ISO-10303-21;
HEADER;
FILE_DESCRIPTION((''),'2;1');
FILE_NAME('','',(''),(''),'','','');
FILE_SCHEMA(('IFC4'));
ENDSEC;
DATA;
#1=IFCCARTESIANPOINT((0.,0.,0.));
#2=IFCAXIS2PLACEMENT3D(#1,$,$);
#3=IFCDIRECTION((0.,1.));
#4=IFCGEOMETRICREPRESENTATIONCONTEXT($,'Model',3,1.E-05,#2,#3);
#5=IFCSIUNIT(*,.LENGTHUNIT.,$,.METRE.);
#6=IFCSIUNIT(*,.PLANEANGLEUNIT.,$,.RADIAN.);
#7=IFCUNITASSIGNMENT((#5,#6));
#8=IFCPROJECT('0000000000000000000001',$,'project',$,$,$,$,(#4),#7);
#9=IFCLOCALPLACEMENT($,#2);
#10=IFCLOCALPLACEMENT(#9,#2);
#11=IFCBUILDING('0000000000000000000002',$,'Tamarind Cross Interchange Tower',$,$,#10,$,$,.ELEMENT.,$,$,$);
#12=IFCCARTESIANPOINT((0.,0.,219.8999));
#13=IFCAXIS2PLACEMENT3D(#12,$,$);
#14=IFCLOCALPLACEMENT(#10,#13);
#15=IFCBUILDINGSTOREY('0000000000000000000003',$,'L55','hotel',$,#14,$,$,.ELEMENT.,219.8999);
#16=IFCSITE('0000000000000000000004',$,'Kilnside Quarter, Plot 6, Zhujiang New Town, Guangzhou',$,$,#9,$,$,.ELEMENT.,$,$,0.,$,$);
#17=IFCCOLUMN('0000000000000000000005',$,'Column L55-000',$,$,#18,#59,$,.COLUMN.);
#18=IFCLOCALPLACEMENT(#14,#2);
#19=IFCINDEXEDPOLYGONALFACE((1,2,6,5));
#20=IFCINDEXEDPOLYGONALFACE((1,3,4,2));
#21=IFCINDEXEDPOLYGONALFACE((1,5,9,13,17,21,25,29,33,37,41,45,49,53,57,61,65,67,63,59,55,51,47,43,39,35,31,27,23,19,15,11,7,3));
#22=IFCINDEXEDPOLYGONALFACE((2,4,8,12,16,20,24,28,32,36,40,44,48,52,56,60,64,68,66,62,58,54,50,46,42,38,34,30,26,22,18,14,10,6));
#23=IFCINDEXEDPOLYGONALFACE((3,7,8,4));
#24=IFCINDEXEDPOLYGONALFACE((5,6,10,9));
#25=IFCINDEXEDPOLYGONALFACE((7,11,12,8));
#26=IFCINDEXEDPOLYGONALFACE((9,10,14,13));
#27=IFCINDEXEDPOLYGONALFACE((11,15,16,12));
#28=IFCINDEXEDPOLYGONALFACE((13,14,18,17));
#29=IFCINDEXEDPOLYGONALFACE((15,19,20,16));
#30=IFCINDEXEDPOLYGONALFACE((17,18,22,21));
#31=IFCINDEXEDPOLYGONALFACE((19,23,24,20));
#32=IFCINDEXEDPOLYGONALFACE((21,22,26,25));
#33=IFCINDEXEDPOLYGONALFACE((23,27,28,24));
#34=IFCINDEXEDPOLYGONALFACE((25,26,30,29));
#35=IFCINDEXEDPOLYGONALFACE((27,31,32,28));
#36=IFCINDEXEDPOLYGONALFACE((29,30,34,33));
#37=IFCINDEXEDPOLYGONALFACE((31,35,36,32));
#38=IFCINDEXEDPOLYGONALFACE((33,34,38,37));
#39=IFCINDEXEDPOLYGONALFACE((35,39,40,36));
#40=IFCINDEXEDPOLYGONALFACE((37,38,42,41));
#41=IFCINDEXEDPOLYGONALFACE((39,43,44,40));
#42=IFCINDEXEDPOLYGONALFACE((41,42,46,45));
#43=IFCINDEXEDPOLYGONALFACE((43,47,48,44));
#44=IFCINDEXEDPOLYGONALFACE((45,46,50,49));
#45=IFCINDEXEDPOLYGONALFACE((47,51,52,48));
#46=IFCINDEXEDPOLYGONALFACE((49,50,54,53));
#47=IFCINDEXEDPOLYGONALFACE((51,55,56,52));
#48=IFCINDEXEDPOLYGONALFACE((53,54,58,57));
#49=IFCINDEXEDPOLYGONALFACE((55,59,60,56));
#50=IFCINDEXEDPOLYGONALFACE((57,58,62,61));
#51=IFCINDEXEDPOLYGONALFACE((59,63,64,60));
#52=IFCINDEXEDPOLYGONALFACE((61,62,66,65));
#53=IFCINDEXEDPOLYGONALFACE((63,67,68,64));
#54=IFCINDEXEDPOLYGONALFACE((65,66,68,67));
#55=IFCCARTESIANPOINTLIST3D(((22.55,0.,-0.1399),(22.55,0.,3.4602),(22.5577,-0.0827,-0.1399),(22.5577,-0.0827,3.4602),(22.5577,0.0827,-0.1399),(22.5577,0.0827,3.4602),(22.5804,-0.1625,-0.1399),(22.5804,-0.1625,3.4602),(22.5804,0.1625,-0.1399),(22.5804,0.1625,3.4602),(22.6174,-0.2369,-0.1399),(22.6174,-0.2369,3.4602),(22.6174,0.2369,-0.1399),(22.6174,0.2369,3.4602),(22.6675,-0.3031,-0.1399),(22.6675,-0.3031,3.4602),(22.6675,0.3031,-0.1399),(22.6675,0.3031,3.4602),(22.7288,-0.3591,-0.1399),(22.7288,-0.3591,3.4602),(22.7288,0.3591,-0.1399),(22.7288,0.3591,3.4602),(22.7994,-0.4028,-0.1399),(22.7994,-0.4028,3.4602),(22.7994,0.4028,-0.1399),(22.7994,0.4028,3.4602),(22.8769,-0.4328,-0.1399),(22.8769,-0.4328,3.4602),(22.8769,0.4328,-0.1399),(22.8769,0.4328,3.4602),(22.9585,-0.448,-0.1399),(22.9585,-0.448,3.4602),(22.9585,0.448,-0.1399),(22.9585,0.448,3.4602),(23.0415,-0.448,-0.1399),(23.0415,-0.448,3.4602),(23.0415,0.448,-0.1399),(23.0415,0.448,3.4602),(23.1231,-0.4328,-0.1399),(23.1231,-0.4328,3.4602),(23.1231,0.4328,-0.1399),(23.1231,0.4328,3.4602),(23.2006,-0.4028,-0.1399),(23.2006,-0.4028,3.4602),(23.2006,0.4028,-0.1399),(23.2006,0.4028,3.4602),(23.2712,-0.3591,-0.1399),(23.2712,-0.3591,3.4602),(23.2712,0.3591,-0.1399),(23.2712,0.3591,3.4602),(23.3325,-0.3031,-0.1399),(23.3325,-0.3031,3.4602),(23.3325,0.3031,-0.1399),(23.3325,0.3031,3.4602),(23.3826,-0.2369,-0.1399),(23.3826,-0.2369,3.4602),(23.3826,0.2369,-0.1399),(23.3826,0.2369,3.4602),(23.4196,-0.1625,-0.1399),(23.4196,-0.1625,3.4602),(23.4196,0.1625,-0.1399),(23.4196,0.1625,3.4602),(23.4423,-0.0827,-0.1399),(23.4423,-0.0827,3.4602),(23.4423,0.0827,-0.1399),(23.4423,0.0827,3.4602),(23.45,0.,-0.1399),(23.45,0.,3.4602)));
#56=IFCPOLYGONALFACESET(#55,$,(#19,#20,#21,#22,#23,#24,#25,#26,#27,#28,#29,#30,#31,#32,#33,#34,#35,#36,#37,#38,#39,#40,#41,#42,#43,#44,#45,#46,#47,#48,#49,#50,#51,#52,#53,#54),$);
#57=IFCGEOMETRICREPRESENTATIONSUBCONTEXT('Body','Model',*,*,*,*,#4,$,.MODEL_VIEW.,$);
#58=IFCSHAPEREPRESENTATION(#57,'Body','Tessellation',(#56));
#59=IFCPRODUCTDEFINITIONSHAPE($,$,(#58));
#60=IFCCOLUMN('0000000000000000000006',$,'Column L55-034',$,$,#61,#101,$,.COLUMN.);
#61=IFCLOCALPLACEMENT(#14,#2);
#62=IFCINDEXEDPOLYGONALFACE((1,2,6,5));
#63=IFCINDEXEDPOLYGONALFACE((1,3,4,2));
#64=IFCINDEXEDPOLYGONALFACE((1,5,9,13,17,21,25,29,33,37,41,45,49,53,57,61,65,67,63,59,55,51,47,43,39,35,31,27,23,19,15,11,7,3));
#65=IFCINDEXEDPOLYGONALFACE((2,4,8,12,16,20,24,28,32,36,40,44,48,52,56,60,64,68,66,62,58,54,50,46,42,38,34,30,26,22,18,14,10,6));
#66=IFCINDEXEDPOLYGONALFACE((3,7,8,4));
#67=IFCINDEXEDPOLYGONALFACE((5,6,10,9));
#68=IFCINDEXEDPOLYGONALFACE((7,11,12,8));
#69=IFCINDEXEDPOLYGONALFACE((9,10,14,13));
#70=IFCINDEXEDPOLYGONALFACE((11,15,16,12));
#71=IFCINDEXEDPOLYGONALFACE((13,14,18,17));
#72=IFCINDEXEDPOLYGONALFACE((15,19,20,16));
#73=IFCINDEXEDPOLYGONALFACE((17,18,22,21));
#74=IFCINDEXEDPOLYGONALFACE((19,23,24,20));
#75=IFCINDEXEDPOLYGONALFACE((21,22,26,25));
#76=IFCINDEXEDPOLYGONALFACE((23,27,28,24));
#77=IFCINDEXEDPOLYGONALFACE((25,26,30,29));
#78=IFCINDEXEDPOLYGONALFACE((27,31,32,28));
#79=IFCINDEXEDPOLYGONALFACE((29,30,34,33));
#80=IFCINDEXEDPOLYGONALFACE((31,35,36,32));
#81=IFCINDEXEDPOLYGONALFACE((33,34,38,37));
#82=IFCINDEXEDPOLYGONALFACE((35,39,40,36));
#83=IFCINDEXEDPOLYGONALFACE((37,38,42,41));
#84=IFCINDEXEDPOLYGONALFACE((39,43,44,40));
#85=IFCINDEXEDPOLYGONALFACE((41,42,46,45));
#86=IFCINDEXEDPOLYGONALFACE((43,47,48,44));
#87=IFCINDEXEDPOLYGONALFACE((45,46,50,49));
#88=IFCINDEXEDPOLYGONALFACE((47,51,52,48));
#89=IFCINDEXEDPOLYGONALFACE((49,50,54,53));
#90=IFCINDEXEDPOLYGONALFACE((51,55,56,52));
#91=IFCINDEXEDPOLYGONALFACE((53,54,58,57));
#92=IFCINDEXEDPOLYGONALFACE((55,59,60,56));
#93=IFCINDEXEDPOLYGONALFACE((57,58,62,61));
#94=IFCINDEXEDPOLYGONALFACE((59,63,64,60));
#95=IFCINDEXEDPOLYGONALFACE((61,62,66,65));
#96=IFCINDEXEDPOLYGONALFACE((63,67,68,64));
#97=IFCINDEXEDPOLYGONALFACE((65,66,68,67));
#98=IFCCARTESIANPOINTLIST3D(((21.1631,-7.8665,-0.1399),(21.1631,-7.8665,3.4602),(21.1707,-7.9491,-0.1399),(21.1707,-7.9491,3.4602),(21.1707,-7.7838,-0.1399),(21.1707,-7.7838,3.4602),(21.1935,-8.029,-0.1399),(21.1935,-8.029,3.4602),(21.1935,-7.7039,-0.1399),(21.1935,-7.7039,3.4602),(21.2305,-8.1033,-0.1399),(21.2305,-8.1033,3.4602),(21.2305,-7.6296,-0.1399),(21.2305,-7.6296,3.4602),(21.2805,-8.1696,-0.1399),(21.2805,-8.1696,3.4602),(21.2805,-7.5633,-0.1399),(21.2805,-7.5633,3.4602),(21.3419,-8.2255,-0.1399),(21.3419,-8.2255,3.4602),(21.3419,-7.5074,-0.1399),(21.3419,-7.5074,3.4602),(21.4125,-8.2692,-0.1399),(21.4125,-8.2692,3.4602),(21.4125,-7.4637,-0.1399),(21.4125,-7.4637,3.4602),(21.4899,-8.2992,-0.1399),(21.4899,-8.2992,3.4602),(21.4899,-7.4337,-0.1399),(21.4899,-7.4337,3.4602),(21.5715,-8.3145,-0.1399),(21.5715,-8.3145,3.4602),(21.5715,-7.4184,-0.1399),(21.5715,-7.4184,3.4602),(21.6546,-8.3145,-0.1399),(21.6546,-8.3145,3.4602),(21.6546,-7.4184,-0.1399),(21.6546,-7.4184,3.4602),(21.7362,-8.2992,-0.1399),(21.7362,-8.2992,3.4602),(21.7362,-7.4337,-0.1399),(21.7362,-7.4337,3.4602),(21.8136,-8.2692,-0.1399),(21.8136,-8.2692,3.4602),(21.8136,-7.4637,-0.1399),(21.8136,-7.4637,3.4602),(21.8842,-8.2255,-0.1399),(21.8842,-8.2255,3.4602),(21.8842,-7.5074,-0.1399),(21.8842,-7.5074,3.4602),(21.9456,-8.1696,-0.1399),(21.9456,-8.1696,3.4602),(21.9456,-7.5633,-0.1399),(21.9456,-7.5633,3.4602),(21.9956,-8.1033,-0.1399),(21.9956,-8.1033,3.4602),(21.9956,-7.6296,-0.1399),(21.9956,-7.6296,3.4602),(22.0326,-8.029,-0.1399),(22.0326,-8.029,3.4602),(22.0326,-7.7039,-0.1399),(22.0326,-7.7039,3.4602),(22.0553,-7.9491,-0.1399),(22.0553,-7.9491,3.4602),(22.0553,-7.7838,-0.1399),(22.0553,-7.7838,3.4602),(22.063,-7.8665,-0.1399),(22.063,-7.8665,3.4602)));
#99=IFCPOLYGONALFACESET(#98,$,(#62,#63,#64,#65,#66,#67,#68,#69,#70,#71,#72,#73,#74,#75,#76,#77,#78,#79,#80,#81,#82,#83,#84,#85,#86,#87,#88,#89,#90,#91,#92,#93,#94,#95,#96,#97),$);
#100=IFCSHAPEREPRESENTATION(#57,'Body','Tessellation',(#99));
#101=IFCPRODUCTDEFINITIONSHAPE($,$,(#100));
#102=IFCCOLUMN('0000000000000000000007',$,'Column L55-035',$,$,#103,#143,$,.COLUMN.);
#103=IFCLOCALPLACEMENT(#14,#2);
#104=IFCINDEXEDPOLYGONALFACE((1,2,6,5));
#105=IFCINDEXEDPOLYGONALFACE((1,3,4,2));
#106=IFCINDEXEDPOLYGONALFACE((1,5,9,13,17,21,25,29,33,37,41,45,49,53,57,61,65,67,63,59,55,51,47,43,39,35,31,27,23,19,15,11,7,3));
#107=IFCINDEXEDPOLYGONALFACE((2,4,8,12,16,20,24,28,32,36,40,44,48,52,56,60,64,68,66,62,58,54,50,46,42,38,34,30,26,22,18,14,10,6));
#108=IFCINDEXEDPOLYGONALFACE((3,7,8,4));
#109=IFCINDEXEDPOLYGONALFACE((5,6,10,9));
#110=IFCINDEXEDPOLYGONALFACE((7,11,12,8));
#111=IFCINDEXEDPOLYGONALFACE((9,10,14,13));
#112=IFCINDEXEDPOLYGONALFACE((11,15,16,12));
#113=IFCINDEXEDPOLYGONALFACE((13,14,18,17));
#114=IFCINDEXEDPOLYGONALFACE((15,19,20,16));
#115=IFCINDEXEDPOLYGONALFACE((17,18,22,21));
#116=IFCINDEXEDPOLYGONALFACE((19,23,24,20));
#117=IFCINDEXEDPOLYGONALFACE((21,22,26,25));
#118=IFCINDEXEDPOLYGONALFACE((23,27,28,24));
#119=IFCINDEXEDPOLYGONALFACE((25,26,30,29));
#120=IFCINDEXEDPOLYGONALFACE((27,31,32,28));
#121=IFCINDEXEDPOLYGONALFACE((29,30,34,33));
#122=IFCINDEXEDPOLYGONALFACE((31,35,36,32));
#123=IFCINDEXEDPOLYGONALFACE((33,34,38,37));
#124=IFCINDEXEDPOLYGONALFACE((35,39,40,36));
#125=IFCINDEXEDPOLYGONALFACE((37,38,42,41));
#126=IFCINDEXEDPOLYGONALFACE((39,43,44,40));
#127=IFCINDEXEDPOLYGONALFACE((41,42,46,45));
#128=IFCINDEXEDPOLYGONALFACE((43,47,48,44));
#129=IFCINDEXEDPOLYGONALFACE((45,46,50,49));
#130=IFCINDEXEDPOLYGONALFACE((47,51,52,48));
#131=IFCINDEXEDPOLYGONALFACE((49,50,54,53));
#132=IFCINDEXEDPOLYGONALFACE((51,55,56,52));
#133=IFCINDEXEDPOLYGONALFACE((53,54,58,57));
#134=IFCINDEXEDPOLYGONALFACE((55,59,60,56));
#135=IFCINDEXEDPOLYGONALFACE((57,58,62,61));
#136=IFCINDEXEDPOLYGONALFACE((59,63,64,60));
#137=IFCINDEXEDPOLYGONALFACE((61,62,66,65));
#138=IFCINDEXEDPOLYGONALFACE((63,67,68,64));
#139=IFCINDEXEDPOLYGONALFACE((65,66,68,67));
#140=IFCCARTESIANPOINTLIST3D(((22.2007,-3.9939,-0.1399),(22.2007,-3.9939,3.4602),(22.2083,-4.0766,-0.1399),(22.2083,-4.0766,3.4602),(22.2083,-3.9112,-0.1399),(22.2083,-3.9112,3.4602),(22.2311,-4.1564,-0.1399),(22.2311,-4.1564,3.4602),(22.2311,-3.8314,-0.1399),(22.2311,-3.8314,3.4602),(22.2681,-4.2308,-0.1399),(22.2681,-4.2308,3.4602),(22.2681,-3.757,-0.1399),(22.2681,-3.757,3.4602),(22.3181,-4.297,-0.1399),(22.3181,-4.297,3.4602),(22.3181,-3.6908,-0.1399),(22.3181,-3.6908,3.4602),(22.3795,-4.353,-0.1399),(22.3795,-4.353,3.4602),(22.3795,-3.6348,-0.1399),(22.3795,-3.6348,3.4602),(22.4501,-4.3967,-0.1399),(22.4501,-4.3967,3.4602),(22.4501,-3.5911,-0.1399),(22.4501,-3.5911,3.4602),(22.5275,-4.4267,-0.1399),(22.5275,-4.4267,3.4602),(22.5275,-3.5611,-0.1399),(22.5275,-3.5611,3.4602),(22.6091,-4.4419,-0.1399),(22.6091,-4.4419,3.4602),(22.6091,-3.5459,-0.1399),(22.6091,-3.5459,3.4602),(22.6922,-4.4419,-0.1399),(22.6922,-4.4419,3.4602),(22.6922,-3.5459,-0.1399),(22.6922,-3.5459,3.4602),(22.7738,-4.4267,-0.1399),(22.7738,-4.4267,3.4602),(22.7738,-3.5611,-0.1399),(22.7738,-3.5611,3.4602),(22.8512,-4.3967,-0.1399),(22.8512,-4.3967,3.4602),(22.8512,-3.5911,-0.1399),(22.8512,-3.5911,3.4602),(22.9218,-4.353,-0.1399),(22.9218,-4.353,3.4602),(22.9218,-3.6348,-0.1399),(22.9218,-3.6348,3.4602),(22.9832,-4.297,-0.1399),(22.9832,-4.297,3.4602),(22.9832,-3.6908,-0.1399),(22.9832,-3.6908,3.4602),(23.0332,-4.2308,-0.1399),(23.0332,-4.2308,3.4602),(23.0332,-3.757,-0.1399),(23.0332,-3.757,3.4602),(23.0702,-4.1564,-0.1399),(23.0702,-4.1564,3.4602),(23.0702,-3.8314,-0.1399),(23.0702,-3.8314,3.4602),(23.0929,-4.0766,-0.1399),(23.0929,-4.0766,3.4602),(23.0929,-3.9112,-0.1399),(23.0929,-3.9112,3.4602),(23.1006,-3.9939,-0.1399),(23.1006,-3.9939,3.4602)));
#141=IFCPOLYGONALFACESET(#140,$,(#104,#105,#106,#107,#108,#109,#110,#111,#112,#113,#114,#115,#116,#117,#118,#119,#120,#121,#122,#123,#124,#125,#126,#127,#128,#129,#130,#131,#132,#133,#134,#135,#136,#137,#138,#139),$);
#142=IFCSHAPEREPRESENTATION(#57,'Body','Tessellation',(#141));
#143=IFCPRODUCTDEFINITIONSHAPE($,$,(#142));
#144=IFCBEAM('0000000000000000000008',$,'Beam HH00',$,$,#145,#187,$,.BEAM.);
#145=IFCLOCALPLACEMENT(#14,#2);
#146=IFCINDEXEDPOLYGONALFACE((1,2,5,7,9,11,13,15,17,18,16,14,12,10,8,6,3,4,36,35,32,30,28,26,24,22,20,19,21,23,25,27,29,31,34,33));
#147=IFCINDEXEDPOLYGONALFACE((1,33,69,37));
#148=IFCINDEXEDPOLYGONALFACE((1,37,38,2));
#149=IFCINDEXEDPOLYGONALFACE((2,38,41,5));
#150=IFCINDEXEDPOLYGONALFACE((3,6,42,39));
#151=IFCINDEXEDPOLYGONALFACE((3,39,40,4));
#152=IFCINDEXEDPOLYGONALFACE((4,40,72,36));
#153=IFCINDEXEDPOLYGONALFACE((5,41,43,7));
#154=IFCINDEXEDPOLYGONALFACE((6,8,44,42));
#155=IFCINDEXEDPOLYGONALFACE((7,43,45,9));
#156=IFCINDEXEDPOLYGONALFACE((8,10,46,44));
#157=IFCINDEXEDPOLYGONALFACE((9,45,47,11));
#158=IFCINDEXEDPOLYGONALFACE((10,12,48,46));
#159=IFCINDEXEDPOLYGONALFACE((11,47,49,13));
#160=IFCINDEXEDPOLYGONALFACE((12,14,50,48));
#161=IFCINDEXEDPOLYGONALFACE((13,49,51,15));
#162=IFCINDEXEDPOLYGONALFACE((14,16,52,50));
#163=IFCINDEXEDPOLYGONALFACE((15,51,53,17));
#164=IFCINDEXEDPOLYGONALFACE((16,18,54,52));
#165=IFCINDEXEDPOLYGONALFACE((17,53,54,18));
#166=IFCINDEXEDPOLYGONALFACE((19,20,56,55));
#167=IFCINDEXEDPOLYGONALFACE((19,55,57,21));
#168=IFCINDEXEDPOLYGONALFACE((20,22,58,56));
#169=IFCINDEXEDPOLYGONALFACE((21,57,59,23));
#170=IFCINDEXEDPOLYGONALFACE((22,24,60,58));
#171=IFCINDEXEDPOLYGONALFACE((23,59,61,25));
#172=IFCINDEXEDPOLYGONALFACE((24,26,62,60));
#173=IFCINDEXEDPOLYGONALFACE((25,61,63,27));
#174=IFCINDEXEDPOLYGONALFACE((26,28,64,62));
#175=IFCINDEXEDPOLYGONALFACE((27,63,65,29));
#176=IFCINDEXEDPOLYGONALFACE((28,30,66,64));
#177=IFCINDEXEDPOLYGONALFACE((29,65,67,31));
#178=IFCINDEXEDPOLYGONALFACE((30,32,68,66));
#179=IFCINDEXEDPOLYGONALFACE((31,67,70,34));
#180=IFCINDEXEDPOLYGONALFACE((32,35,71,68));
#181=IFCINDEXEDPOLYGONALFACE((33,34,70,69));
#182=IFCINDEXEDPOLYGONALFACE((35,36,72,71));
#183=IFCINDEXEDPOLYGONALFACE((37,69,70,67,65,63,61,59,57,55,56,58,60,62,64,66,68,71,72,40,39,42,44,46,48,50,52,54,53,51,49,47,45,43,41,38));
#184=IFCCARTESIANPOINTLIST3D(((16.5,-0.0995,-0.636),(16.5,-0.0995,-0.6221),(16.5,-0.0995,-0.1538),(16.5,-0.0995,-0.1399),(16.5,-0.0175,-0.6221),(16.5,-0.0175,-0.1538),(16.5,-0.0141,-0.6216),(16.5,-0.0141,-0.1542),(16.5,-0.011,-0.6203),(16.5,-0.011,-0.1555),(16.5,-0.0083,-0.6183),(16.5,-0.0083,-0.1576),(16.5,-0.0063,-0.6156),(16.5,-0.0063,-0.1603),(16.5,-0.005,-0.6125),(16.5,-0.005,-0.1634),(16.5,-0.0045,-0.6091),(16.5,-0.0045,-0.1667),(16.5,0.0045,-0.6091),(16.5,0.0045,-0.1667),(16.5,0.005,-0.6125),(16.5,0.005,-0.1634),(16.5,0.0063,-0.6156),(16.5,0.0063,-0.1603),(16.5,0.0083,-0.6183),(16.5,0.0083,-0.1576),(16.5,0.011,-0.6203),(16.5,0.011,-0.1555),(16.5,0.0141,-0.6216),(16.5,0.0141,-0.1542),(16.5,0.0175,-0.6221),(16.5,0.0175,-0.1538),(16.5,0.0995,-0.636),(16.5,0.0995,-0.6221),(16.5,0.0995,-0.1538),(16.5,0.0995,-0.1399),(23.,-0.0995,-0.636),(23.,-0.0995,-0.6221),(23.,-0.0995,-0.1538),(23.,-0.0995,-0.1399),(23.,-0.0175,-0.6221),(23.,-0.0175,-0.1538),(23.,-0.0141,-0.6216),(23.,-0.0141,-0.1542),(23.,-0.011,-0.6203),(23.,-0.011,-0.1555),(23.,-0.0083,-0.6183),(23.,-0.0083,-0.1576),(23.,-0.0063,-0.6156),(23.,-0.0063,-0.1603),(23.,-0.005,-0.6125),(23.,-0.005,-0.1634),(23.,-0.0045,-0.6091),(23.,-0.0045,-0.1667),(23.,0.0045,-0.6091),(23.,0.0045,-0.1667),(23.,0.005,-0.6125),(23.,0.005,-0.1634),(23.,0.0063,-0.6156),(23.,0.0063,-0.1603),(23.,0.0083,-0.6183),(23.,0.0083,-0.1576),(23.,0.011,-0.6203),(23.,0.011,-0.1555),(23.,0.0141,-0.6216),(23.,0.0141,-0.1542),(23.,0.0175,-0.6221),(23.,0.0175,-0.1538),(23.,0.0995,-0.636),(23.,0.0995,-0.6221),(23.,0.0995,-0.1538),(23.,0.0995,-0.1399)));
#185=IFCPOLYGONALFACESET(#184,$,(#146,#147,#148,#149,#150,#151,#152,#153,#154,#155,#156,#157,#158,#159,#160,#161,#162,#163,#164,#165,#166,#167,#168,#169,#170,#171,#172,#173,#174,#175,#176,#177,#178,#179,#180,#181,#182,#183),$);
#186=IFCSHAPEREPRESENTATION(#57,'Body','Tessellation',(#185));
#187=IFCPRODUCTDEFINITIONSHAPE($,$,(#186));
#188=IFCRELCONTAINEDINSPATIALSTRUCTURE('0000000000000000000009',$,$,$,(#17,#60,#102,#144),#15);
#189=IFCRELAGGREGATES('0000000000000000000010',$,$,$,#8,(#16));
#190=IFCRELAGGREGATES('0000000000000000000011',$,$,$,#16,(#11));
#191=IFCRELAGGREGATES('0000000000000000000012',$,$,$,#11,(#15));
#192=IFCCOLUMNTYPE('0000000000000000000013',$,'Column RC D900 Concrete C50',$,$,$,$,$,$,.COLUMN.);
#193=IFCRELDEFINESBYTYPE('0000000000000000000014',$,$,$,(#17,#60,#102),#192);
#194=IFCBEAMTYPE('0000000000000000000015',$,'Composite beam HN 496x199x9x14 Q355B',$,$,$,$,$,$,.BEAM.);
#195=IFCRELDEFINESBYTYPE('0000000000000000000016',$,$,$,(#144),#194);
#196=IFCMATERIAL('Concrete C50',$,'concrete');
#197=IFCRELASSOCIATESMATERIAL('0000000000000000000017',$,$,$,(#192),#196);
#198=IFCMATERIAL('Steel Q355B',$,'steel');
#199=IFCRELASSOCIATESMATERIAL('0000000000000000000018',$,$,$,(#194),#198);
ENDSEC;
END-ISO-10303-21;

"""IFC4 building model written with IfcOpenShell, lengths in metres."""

from ifc_helpers import new_model, si_unit, direction, frame, origin, origin_2d, place, context, subcontext, project, spatial, circle, i_section, extrude, material, material_profile, profile_set, type_object, element, save


model = new_model("IFC4")

# Units and contexts
model_context = context("Model", 3, precision=1e-05, world=origin(), true_north=direction((0.0, 1.0)))
body_context = subcontext(model_context, "Body", "Model", "MODEL_VIEW")
ifc_project = project(units=[si_unit("LENGTHUNIT", "METRE"), si_unit("PLANEANGLEUNIT", "RADIAN")], contexts=[model_context])

# Site, building, storey
site_placement = place(None, origin())
site = spatial("IfcSite", under=ifc_project, at=site_placement, Name="Kilnside Quarter, Plot 6, Zhujiang New Town, Guangzhou", CompositionType="ELEMENT", RefElevation=0.0)
building_placement = place(site_placement, origin())
building = spatial("IfcBuilding", under=site, at=building_placement, Name="Tamarind Cross Interchange Tower", CompositionType="ELEMENT")
storey_placement = place(building_placement, frame((0.0, 0.0, 219.8999)))
storey = spatial("IfcBuildingStorey", under=building, at=storey_placement, Name="L55", Description="hotel", CompositionType="ELEMENT", Elevation=219.8999)

# Columns
ifc_material_1 = material(Name="Concrete C50", Category="concrete")
ifc_material_profile_1 = material_profile(ifc_material_1, circle(Radius=0.45, at=origin_2d()), Name="RC D900")
ifc_profile_set_1 = profile_set([ifc_material_profile_1], Name="Concrete C50")
column_type = type_object("IfcColumnType", Name="Column RC D900 Concrete C50", PredefinedType="COLUMN", material=ifc_profile_set_1)
for number, where, z_axis, x_axis, name in (
    (1, (23.0, 0.0, -0.1399), (0.0, 0.0, 1.0), (1.0, 0.0, 0.0), "Column L55-000"),
    (2, (21.613, -7.8665, -0.1399), (0.0, 0.0, 1.0), (1.0, 0.0, 0.0), "Column L55-034"),
    (3, (22.6506, -3.9939, -0.1399), (0.0, 0.0, 1.0), (1.0, 0.0, 0.0), "Column L55-035"),
):
    element("IfcColumn", number, at=place(storey_placement, frame(where, z_axis=z_axis, x_axis=x_axis)), inside=storey, type_object=column_type, Name=name, PredefinedType="COLUMN", context=body_context, shape_type="SweptSolid", body=[
        extrude(circle(Radius=0.45, at=origin_2d()), origin(), (0.0, 0.0, 1.0), 3.6001),
    ])

# Beam
ifc_material_2 = material(Name="Steel Q355B", Category="steel")
ifc_material_profile_2 = material_profile(ifc_material_2, i_section(OverallWidth=0.199, OverallDepth=0.4961, WebThickness=0.009, FlangeThickness=0.0139, FilletRadius=0.0129, at=origin_2d()), Name="HN 496x199x9x14")
ifc_profile_set_2 = profile_set([ifc_material_profile_2], Name="Steel Q355B")
beam_type = type_object("IfcBeamType", Name="Composite beam HN 496x199x9x14 Q355B", PredefinedType="BEAM", material=ifc_profile_set_2)
beam_1_placement = place(storey_placement, frame((23.0, 0.0, -0.3879), z_axis=(-1.0, 0.0, 0.0), x_axis=(0.0, -1.0, 0.0)))
element("IfcBeam", 4, at=beam_1_placement, inside=storey, type_object=beam_type, Name="Beam HH00", PredefinedType="BEAM", context=body_context, shape_type="SweptSolid", body=[
    extrude(i_section(OverallWidth=0.199, OverallDepth=0.4961, WebThickness=0.009, FlangeThickness=0.0139, FilletRadius=0.0129, at=origin_2d()), origin(), (0.0, 0.0, 1.0), 6.5),
])

save(model, "model.ifc")
